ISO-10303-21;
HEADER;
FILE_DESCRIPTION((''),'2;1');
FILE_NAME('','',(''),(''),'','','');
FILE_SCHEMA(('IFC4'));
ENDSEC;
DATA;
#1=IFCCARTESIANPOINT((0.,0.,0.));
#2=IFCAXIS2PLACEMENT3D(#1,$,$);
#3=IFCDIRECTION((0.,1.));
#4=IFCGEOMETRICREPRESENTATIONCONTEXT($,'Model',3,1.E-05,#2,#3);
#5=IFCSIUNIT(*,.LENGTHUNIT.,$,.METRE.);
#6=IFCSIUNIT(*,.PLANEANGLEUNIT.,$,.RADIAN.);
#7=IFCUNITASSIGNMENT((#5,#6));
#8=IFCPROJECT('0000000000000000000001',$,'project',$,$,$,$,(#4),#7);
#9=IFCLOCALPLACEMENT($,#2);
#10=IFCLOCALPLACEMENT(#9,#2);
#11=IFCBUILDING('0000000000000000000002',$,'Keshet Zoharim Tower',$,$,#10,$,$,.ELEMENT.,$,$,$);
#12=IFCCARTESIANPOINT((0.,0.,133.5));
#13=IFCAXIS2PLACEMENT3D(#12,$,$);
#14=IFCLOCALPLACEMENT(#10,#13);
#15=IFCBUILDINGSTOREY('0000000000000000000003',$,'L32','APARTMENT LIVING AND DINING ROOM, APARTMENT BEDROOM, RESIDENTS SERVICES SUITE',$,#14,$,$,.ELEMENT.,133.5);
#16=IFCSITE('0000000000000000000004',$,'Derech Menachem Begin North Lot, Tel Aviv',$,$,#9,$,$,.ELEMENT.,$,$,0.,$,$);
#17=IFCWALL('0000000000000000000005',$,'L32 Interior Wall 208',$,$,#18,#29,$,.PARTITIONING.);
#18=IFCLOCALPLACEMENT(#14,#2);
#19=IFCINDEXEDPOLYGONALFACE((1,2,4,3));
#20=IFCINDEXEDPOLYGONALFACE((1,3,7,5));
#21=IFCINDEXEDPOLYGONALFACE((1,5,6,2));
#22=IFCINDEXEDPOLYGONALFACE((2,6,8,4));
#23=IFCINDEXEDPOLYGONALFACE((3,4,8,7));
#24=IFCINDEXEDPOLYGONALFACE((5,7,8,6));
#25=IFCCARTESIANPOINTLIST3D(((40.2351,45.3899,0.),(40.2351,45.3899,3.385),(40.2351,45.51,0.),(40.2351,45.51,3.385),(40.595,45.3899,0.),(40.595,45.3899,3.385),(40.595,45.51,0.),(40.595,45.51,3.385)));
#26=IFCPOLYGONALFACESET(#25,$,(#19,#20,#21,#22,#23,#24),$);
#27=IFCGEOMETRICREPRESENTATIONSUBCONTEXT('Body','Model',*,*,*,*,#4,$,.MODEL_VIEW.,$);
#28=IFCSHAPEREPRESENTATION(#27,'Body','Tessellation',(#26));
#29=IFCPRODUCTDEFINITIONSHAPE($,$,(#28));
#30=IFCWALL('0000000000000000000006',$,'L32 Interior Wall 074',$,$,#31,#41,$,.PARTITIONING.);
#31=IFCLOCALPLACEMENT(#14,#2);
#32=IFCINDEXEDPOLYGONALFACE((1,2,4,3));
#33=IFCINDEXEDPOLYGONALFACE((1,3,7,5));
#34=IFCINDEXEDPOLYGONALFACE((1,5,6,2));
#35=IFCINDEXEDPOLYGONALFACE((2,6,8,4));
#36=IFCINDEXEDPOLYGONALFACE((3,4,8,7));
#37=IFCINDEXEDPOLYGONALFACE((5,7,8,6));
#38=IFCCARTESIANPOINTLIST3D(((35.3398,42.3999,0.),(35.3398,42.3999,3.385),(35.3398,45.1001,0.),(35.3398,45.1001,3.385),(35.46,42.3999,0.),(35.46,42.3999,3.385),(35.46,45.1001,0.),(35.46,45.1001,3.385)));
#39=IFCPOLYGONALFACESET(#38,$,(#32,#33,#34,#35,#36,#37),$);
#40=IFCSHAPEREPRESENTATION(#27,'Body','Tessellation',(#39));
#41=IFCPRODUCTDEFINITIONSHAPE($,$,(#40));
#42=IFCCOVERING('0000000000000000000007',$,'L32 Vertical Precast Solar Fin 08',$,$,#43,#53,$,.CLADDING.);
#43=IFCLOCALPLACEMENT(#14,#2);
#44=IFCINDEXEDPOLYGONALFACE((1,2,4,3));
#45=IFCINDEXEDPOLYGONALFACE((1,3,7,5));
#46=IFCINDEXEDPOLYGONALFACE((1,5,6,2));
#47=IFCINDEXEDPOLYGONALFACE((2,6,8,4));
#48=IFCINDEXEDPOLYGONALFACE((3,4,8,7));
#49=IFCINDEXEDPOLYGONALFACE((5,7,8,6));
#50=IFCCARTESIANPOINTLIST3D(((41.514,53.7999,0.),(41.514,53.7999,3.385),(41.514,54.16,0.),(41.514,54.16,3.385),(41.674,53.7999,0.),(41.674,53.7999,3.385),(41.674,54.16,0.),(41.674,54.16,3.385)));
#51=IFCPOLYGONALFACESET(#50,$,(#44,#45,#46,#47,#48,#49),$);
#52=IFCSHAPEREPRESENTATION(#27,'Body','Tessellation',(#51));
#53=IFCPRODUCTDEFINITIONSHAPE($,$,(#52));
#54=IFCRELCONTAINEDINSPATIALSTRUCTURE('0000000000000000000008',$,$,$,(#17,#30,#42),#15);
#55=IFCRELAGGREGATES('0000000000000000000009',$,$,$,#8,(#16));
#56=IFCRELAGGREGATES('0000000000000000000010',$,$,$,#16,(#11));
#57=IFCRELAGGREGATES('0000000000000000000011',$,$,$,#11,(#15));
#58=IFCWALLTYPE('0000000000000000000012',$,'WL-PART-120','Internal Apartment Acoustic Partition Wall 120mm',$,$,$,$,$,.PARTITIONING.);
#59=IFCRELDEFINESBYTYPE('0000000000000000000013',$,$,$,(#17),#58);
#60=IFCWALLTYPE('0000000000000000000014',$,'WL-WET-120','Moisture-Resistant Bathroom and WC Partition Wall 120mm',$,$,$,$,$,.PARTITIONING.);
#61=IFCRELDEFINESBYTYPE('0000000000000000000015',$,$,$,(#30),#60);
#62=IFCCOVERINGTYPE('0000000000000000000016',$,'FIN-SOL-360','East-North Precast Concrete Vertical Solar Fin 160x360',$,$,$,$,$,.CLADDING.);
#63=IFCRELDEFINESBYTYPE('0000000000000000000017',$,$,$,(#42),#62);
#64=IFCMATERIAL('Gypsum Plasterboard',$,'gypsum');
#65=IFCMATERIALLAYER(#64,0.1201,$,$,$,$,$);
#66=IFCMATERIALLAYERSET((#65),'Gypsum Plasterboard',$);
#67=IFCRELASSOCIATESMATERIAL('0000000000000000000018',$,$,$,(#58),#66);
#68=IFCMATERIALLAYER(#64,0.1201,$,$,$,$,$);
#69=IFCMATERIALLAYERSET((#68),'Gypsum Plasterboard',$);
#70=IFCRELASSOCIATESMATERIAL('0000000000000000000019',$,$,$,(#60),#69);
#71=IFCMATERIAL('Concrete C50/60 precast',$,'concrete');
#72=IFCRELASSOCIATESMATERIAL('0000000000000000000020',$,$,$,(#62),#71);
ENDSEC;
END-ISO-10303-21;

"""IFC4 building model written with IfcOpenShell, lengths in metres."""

from ifc_helpers import new_model, si_unit, direction, frame, frame_2d, origin, origin_2d, place, context, subcontext, project, spatial, rectangle, extrude, material, layer, layer_set, type_object, element, save


model = new_model("IFC4")

# Units and contexts
model_context = context("Model", 3, precision=1e-05, world=origin(), true_north=direction((0.0, 1.0)))
body_context = subcontext(model_context, "Body", "Model", "MODEL_VIEW")
ifc_project = project(units=[si_unit("LENGTHUNIT", "METRE"), si_unit("PLANEANGLEUNIT", "RADIAN")], contexts=[model_context])

# Site, building, storey
site_placement = place(None, origin())
site = spatial("IfcSite", under=ifc_project, at=site_placement, Name="Derech Menachem Begin North Lot, Tel Aviv", CompositionType="ELEMENT", RefElevation=0.0)
building_placement = place(site_placement, origin())
building = spatial("IfcBuilding", under=site, at=building_placement, Name="Keshet Zoharim Tower", CompositionType="ELEMENT")
storey_placement = place(building_placement, frame((0.0, 0.0, 133.5)))
storey = spatial("IfcBuildingStorey", under=building, at=storey_placement, Name="L32", Description="APARTMENT LIVING AND DINING ROOM, APARTMENT BEDROOM, RESIDENTS SERVICES SUITE", CompositionType="ELEMENT", Elevation=133.5)

# Shared definitions
ifc_material_1 = material(Name="Gypsum Plasterboard", Category="gypsum")
ifc_layer_1 = layer(ifc_material_1, 0.1201)
ifc_layer_set_1 = layer_set([ifc_layer_1], Name="Gypsum Plasterboard")
wall_type_1 = type_object("IfcWallType", Name="WL-PART-120", Description="Internal Apartment Acoustic Partition Wall 120mm", PredefinedType="PARTITIONING", material=ifc_layer_set_1)

# Wall
wall_1_placement = place(storey_placement, frame((40.2351, 45.45, 0.0), z_axis=(0.0, 0.0, 1.0), x_axis=(1.0, 0.0, 0.0)))
element("IfcWall", 1, at=wall_1_placement, inside=storey, type_object=wall_type_1, Name="L32 Interior Wall 208", PredefinedType="PARTITIONING", context=body_context, shape_type="SweptSolid", body=[
    extrude(rectangle(XDim=0.3599, YDim=0.1201, at=frame_2d((0.1799, 0.0))), origin(), (0.0, 0.0, 1.0), 3.385),
])

# Wall
ifc_layer_2 = layer(ifc_material_1, 0.1201)
ifc_layer_set_2 = layer_set([ifc_layer_2], Name="Gypsum Plasterboard")
wall_type_2 = type_object("IfcWallType", Name="WL-WET-120", Description="Moisture-Resistant Bathroom and WC Partition Wall 120mm", PredefinedType="PARTITIONING", material=ifc_layer_set_2)
wall_2_placement = place(storey_placement, frame((35.3999, 42.3999, 0.0), z_axis=(0.0, 0.0, 1.0), x_axis=(0.0, 1.0, 0.0)))
element("IfcWall", 2, at=wall_2_placement, inside=storey, type_object=wall_type_2, Name="L32 Interior Wall 074", PredefinedType="PARTITIONING", context=body_context, shape_type="SweptSolid", body=[
    extrude(rectangle(XDim=2.7002, YDim=0.1201, at=frame_2d((1.3501, 0.0))), origin(), (0.0, 0.0, 1.0), 3.385),
])

# Covering
ifc_material_2 = material(Name="Concrete C50/60 precast", Category="concrete")
covering_type = type_object("IfcCoveringType", Name="FIN-SOL-360", Description="East-North Precast Concrete Vertical Solar Fin 160x360", PredefinedType="CLADDING", material=ifc_material_2)
covering_placement = place(storey_placement, frame((41.594, 53.98, 0.0), z_axis=(0.0, 0.0, 1.0), x_axis=(1.0, 0.0, 0.0)))
element("IfcCovering", 3, at=covering_placement, inside=storey, type_object=covering_type, Name="L32 Vertical Precast Solar Fin 08", PredefinedType="CLADDING", context=body_context, shape_type="SweptSolid", body=[
    extrude(rectangle(XDim=0.1599, YDim=0.3601, at=origin_2d()), origin(), (0.0, 0.0, 1.0), 3.385),
])

save(model, "model.ifc")
